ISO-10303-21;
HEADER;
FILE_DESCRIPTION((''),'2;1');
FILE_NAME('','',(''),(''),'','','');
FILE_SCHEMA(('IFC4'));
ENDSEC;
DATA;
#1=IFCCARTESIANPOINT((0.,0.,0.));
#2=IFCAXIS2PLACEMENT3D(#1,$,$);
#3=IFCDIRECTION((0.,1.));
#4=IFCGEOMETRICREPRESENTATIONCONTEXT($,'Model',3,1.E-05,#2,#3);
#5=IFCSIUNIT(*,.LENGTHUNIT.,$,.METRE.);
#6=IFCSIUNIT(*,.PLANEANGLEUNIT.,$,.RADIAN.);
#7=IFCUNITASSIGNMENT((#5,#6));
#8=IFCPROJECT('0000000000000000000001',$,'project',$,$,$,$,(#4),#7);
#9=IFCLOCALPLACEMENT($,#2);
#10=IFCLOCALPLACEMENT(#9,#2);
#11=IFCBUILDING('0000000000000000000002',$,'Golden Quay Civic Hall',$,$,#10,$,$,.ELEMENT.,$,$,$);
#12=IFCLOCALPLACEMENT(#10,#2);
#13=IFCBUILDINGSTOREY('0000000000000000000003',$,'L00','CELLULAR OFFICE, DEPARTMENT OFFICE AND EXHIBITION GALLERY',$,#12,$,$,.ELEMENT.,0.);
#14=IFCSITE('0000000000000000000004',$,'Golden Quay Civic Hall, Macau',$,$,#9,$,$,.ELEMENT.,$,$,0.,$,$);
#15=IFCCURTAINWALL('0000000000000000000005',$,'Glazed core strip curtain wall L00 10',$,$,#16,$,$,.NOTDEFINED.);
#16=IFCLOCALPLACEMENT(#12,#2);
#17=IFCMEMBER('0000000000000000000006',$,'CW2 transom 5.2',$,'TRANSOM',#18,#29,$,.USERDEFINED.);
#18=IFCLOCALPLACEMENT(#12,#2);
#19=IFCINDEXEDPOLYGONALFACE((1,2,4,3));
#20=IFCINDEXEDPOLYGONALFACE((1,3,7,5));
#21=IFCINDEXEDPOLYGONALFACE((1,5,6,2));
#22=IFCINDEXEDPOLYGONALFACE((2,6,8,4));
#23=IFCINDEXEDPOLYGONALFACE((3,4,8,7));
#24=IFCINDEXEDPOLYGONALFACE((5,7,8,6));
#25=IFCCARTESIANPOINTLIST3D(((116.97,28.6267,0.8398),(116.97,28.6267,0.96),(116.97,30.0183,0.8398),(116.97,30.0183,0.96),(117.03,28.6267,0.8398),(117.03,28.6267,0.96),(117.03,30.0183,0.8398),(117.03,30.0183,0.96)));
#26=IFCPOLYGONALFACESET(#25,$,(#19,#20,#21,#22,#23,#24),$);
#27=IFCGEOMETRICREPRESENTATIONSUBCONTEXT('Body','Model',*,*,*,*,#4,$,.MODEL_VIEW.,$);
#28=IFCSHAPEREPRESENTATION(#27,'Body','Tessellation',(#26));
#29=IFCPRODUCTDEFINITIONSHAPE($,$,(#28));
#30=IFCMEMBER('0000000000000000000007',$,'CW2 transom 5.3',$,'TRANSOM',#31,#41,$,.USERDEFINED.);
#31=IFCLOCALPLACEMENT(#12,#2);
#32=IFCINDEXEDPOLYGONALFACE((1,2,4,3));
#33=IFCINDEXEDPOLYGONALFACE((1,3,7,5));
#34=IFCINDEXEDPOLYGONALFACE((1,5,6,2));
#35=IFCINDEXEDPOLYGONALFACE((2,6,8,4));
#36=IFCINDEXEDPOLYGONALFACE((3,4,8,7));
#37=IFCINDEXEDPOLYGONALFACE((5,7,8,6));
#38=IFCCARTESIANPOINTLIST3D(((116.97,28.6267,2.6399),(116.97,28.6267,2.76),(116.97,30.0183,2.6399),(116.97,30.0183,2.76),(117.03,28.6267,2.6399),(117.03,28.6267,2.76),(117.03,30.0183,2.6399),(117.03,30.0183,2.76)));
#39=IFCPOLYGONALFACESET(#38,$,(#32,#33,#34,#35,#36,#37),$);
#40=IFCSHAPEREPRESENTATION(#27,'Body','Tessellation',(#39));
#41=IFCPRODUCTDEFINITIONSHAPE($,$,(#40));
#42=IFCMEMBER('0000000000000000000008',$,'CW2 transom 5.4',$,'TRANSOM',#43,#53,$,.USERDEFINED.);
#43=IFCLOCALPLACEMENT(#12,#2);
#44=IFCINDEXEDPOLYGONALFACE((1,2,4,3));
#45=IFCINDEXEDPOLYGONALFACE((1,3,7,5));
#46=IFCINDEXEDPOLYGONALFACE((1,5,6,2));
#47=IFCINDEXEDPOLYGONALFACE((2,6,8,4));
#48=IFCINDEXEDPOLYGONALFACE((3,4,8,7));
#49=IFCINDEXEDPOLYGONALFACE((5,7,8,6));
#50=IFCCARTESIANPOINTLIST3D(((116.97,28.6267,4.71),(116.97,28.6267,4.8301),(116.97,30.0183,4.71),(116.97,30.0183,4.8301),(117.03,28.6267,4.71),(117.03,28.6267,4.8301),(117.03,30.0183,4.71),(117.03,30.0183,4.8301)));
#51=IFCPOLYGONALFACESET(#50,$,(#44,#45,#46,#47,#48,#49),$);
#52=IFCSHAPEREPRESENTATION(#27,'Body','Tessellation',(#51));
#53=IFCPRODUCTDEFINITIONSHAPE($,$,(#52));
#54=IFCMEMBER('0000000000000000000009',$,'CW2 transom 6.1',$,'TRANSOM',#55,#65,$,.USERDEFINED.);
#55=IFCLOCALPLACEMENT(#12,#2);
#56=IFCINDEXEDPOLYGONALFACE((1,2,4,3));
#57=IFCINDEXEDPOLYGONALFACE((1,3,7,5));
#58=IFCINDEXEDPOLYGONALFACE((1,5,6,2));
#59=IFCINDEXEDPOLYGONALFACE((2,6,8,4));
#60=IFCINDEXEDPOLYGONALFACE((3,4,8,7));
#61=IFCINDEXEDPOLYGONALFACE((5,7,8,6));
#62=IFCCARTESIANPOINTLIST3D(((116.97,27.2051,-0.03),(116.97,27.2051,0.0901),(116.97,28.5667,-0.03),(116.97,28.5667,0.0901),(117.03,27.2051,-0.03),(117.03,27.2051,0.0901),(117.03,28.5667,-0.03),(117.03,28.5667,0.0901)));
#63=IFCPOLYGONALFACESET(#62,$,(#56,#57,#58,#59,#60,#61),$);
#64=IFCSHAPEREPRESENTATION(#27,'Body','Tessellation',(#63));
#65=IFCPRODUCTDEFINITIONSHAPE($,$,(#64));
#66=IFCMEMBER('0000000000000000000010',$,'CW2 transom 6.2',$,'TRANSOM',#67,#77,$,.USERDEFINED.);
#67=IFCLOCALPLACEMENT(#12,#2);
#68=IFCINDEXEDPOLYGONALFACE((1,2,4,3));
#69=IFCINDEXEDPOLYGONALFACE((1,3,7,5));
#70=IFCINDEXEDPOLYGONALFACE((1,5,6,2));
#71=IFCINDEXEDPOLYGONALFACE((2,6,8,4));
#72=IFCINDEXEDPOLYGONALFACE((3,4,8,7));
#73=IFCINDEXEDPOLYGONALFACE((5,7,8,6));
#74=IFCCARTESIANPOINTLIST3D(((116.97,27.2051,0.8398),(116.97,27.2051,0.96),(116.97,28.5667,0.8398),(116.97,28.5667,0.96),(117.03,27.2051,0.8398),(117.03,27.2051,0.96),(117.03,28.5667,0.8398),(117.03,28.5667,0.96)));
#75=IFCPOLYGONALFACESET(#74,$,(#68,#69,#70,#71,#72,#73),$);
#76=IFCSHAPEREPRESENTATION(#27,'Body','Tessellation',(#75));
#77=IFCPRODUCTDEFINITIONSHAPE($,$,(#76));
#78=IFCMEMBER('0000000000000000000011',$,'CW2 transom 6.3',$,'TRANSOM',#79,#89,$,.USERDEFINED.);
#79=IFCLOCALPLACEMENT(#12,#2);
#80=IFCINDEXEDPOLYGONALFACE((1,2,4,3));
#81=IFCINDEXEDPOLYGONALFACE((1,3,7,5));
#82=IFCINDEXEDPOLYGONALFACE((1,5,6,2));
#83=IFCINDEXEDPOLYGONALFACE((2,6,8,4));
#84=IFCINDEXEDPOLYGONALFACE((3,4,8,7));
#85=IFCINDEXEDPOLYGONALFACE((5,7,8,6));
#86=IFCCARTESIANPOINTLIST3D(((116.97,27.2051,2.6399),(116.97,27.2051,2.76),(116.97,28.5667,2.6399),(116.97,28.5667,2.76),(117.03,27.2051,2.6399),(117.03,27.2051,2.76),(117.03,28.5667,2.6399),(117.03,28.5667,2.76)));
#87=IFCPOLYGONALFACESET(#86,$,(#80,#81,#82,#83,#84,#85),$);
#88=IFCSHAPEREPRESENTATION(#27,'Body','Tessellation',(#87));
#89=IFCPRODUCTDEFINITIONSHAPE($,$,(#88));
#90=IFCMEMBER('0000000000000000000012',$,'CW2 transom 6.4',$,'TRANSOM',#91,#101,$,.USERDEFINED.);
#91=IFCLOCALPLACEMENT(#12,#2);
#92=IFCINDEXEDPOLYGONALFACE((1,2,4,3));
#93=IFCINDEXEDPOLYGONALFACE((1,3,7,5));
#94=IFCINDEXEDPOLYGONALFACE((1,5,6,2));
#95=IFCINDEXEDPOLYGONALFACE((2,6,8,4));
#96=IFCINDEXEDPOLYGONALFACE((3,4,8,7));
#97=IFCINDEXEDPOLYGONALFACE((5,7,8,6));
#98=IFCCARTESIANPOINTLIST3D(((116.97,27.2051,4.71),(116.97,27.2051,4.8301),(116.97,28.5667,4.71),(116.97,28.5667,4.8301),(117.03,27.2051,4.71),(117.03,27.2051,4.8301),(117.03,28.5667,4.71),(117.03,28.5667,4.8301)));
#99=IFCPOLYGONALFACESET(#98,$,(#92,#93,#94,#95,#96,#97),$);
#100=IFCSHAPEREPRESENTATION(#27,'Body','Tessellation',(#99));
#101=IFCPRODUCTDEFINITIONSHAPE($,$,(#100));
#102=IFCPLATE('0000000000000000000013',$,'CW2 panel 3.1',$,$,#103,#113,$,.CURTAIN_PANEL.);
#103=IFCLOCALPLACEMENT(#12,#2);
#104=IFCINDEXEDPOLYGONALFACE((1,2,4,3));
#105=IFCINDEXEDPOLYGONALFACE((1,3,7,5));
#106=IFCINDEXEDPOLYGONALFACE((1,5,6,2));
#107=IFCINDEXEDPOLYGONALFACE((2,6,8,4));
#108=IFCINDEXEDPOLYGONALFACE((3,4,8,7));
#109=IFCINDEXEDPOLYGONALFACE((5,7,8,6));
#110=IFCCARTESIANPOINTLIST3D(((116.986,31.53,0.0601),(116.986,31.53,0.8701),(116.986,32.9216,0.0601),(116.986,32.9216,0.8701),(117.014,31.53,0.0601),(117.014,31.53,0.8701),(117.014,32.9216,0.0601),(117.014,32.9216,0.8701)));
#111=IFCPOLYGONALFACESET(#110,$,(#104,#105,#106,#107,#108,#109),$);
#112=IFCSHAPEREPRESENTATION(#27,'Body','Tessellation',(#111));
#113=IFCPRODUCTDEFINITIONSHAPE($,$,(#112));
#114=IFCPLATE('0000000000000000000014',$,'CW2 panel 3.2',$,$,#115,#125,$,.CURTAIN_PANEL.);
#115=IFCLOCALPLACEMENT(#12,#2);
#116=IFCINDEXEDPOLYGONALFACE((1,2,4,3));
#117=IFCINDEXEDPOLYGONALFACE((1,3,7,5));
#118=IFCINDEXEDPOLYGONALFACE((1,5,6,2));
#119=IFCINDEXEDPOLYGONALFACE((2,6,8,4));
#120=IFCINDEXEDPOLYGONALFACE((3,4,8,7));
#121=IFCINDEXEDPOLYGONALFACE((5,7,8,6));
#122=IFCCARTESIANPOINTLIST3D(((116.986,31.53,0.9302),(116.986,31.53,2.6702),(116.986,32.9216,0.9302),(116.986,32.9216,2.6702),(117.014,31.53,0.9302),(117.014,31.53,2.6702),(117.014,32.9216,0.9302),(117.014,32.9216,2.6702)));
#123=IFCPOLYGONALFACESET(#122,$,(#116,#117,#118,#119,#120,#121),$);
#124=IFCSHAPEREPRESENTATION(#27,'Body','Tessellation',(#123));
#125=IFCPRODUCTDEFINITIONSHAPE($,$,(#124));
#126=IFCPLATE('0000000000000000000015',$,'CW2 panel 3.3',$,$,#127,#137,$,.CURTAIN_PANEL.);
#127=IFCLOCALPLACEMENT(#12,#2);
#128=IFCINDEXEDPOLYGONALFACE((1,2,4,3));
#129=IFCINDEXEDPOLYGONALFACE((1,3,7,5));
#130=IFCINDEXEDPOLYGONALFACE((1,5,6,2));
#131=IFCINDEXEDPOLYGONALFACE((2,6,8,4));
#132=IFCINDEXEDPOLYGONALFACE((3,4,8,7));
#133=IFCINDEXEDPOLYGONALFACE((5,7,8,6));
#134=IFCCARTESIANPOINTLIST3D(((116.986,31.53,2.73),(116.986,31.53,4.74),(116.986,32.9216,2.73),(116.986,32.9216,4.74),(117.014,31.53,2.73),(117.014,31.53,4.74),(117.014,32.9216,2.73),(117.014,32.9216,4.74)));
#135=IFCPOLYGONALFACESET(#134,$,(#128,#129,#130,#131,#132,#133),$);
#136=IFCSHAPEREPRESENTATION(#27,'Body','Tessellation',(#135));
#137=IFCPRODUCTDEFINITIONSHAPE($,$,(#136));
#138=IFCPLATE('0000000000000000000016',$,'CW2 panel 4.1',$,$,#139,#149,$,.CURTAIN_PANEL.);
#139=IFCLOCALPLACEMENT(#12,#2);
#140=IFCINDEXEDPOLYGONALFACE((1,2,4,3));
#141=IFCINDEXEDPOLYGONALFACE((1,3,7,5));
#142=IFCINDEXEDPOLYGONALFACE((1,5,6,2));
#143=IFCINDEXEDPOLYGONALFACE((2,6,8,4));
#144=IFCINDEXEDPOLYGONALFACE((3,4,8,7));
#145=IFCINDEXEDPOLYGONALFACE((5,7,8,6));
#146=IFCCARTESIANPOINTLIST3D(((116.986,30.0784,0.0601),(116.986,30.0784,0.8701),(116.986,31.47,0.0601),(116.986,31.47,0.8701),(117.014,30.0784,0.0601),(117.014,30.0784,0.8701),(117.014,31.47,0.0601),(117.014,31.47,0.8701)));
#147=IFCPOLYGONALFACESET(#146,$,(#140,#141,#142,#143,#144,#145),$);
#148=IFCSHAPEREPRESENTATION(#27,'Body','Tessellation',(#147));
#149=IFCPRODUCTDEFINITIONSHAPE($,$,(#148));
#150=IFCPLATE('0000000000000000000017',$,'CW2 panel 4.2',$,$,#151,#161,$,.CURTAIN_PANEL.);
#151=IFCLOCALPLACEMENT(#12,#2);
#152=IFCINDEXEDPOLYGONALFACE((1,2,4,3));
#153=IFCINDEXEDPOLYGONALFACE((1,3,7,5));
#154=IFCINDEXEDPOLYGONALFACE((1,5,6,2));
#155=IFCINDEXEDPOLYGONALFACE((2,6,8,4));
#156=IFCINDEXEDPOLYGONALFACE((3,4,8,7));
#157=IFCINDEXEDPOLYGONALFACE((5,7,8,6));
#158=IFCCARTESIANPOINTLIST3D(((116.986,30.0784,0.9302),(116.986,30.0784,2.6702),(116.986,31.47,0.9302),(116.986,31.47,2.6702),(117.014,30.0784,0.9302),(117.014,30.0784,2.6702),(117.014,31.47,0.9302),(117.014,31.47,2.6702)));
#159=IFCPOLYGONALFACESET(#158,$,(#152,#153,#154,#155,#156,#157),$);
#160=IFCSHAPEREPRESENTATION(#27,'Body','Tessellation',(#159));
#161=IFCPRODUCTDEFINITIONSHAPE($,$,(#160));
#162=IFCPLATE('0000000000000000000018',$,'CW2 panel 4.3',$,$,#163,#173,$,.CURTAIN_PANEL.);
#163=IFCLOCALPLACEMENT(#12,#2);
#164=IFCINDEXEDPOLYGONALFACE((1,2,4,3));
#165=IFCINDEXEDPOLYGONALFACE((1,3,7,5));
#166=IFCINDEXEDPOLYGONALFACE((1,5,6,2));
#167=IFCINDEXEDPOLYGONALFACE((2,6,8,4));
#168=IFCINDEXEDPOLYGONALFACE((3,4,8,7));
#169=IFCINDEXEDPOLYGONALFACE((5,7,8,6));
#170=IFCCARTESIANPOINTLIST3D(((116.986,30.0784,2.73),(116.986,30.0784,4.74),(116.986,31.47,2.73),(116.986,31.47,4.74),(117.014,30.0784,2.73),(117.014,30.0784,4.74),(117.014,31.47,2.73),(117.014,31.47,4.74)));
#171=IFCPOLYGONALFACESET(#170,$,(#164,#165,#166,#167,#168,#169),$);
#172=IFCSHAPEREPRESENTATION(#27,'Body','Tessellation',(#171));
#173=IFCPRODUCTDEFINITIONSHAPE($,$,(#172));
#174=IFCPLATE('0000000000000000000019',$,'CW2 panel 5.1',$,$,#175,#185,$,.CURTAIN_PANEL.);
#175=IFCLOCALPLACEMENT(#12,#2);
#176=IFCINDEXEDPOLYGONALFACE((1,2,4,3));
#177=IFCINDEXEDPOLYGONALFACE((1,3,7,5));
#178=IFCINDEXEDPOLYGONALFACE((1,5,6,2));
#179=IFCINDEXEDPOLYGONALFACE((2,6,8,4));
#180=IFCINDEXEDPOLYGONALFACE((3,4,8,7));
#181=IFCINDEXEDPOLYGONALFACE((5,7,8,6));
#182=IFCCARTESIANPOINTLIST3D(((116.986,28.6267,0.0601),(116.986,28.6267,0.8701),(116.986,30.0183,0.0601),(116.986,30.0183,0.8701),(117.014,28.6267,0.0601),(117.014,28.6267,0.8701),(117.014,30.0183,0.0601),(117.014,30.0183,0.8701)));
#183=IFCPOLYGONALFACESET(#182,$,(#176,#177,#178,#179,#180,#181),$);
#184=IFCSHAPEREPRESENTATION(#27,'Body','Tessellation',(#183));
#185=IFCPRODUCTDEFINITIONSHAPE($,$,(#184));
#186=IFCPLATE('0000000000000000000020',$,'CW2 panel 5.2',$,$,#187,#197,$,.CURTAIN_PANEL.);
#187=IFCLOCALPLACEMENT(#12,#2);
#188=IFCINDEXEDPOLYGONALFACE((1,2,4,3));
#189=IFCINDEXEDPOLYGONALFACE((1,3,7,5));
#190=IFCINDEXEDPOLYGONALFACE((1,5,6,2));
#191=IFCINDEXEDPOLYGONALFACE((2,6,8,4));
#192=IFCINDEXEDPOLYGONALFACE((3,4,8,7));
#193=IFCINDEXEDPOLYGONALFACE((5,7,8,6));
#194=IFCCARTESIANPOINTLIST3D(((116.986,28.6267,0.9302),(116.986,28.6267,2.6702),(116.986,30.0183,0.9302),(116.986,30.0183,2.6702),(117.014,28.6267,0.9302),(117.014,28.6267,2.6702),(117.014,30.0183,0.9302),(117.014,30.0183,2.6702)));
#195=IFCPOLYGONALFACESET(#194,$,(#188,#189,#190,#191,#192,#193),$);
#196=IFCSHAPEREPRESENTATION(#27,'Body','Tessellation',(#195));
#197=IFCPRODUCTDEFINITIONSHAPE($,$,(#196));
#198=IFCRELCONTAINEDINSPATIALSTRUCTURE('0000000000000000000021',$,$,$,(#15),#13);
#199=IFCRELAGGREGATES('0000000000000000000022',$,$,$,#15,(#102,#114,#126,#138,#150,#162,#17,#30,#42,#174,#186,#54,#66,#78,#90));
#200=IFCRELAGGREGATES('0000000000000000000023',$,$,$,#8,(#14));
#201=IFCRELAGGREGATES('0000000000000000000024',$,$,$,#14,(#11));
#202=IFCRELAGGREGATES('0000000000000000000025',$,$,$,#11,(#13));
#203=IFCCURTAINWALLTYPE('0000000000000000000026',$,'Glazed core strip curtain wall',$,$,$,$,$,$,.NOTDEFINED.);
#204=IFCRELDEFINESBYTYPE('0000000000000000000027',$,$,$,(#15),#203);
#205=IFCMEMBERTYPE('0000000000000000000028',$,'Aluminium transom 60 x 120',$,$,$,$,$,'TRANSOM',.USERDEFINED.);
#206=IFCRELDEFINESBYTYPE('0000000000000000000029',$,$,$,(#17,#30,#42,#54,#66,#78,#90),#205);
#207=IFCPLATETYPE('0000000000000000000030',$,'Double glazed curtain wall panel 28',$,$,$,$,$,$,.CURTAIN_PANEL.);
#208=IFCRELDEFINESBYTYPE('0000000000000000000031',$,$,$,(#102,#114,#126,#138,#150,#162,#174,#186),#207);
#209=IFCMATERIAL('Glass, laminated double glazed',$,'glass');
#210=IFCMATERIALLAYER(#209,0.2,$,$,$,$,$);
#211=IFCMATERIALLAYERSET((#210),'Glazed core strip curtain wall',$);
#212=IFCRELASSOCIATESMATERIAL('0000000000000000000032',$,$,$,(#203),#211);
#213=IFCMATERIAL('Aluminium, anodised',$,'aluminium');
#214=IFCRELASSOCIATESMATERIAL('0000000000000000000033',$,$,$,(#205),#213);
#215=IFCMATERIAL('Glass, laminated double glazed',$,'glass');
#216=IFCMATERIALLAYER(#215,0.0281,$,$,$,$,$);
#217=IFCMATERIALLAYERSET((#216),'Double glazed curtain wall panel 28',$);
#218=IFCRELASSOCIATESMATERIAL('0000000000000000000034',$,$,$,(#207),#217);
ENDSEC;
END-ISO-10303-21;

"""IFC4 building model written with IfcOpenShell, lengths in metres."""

from ifc_helpers import new_model, si_unit, direction, frame, origin, origin_2d, place, context, subcontext, project, spatial, rectangle, extrude, material, layer, layer_set, material_profile, profile_set, type_object, element, aggregate, save


model = new_model("IFC4")

# Units and contexts
model_context = context("Model", 3, precision=1e-05, world=origin(), true_north=direction((0.0, 1.0)))
body_context = subcontext(model_context, "Body", "Model", "MODEL_VIEW")
ifc_project = project(units=[si_unit("LENGTHUNIT", "METRE"), si_unit("PLANEANGLEUNIT", "RADIAN")], contexts=[model_context])

# Site, building, storey
site_placement = place(None, origin())
site = spatial("IfcSite", under=ifc_project, at=site_placement, Name="Golden Quay Civic Hall, Macau", CompositionType="ELEMENT", RefElevation=0.0)
building_placement = place(site_placement, origin())
building = spatial("IfcBuilding", under=site, at=building_placement, Name="Golden Quay Civic Hall", CompositionType="ELEMENT")
storey_placement = place(building_placement, origin())
storey = spatial("IfcBuildingStorey", under=building, at=storey_placement, Name="L00", Description="CELLULAR OFFICE, DEPARTMENT OFFICE AND EXHIBITION GALLERY", CompositionType="ELEMENT", Elevation=0.0)

# Shared definitions
ifc_material_1 = material(Name="Glass, laminated double glazed", Category="glass")
ifc_layer_1 = layer(ifc_material_1, 0.2)
ifc_layer_set_1 = layer_set([ifc_layer_1], Name="Glazed core strip curtain wall")
curtain_wall_type = type_object("IfcCurtainWallType", Name="Glazed core strip curtain wall", PredefinedType="NOTDEFINED", material=ifc_layer_set_1)

# Curtain wall, members, plates
curtain_wall_1_placement = place(storey_placement, origin())
curtain_wall_1 = element("IfcCurtainWall", 1, at=curtain_wall_1_placement, inside=storey, type_object=curtain_wall_type, Name="Glazed core strip curtain wall L00 10", PredefinedType="NOTDEFINED")
ifc_material_2 = material(Name="Aluminium, anodised", Category="aluminium")
ifc_material_profile_1 = material_profile(ifc_material_2, rectangle(XDim=0.0601, YDim=0.1201, at=origin_2d()), Name="Aluminium 60 x 120")
ifc_profile_set_1 = profile_set([ifc_material_profile_1], Name="Aluminium, anodised")
member_type_1 = type_object("IfcMemberType", Name="Aluminium transom 60 x 120", ElementType="TRANSOM", PredefinedType="USERDEFINED", material=ifc_profile_set_1)
member_1_placement = place(storey_placement, frame((117.0, 30.0183, 0.8999), z_axis=(0.0, -1.0, 0.0), x_axis=(1.0, 0.0, 0.0)))
member_1 = element("IfcMember", 2, at=member_1_placement, type_object=member_type_1, Name="CW2 transom 5.2", ObjectType="TRANSOM", PredefinedType="USERDEFINED", context=body_context, shape_type="SweptSolid", body=[
    extrude(rectangle(XDim=0.0601, YDim=0.1201, at=origin_2d()), origin(), (0.0, 0.0, 1.0), 1.3916),
])
member_2_placement = place(storey_placement, frame((117.0, 30.0183, 2.7), z_axis=(0.0, -1.0, 0.0), x_axis=(1.0, 0.0, 0.0)))
member_2 = element("IfcMember", 3, at=member_2_placement, type_object=member_type_1, Name="CW2 transom 5.3", ObjectType="TRANSOM", PredefinedType="USERDEFINED", context=body_context, shape_type="SweptSolid", body=[
    extrude(rectangle(XDim=0.0601, YDim=0.1201, at=origin_2d()), origin(), (0.0, 0.0, 1.0), 1.3916),
])
member_3_placement = place(storey_placement, frame((117.0, 30.0183, 4.77), z_axis=(0.0, -1.0, 0.0), x_axis=(1.0, 0.0, 0.0)))
member_3 = element("IfcMember", 4, at=member_3_placement, type_object=member_type_1, Name="CW2 transom 5.4", ObjectType="TRANSOM", PredefinedType="USERDEFINED", context=body_context, shape_type="SweptSolid", body=[
    extrude(rectangle(XDim=0.0601, YDim=0.1201, at=origin_2d()), origin(), (0.0, 0.0, 1.0), 1.3916),
])
member_4_placement = place(storey_placement, frame((117.0, 28.5667, 0.03), z_axis=(0.0, -1.0, 0.0), x_axis=(1.0, 0.0, 0.0)))
member_4 = element("IfcMember", 5, at=member_4_placement, type_object=member_type_1, Name="CW2 transom 6.1", ObjectType="TRANSOM", PredefinedType="USERDEFINED", context=body_context, shape_type="SweptSolid", body=[
    extrude(rectangle(XDim=0.0601, YDim=0.1201, at=origin_2d()), origin(), (0.0, 0.0, 1.0), 1.3616),
])
member_5_placement = place(storey_placement, frame((117.0, 28.5667, 0.8999), z_axis=(0.0, -1.0, 0.0), x_axis=(1.0, 0.0, 0.0)))
member_5 = element("IfcMember", 6, at=member_5_placement, type_object=member_type_1, Name="CW2 transom 6.2", ObjectType="TRANSOM", PredefinedType="USERDEFINED", context=body_context, shape_type="SweptSolid", body=[
    extrude(rectangle(XDim=0.0601, YDim=0.1201, at=origin_2d()), origin(), (0.0, 0.0, 1.0), 1.3616),
])
member_6_placement = place(storey_placement, frame((117.0, 28.5667, 2.7), z_axis=(0.0, -1.0, 0.0), x_axis=(1.0, 0.0, 0.0)))
member_6 = element("IfcMember", 7, at=member_6_placement, type_object=member_type_1, Name="CW2 transom 6.3", ObjectType="TRANSOM", PredefinedType="USERDEFINED", context=body_context, shape_type="SweptSolid", body=[
    extrude(rectangle(XDim=0.0601, YDim=0.1201, at=origin_2d()), origin(), (0.0, 0.0, 1.0), 1.3616),
])
member_7_placement = place(storey_placement, frame((117.0, 28.5667, 4.77), z_axis=(0.0, -1.0, 0.0), x_axis=(1.0, 0.0, 0.0)))
member_7 = element("IfcMember", 8, at=member_7_placement, type_object=member_type_1, Name="CW2 transom 6.4", ObjectType="TRANSOM", PredefinedType="USERDEFINED", context=body_context, shape_type="SweptSolid", body=[
    extrude(rectangle(XDim=0.0601, YDim=0.1201, at=origin_2d()), origin(), (0.0, 0.0, 1.0), 1.3616),
])
ifc_material_3 = material(Name="Glass, laminated double glazed", Category="glass")
ifc_layer_2 = layer(ifc_material_3, 0.0281)
ifc_layer_set_2 = layer_set([ifc_layer_2], Name="Double glazed curtain wall panel 28")
plate_type = type_object("IfcPlateType", Name="Double glazed curtain wall panel 28", PredefinedType="CURTAIN_PANEL", material=ifc_layer_set_2)
plate_1_placement = place(storey_placement, frame((117.0, 32.2258, 0.0601), z_axis=(0.0, 0.0, 1.0), x_axis=(0.0, -1.0, 0.0)))
plate_1 = element("IfcPlate", 9, at=plate_1_placement, type_object=plate_type, Name="CW2 panel 3.1", PredefinedType="CURTAIN_PANEL", context=body_context, shape_type="SweptSolid", body=[
    extrude(rectangle(XDim=1.3916, YDim=0.0281, at=origin_2d()), origin(), (0.0, 0.0, 1.0), 0.8101),
])
plate_2_placement = place(storey_placement, frame((117.0, 32.2258, 0.9302), z_axis=(0.0, 0.0, 1.0), x_axis=(0.0, -1.0, 0.0)))
plate_2 = element("IfcPlate", 10, at=plate_2_placement, type_object=plate_type, Name="CW2 panel 3.2", PredefinedType="CURTAIN_PANEL", context=body_context, shape_type="SweptSolid", body=[
    extrude(rectangle(XDim=1.3916, YDim=0.0281, at=origin_2d()), origin(), (0.0, 0.0, 1.0), 1.74),
])
plate_3_placement = place(storey_placement, frame((117.0, 32.2258, 2.73), z_axis=(0.0, 0.0, 1.0), x_axis=(0.0, -1.0, 0.0)))
plate_3 = element("IfcPlate", 11, at=plate_3_placement, type_object=plate_type, Name="CW2 panel 3.3", PredefinedType="CURTAIN_PANEL", context=body_context, shape_type="SweptSolid", body=[
    extrude(rectangle(XDim=1.3916, YDim=0.0281, at=origin_2d()), origin(), (0.0, 0.0, 1.0), 2.01),
])
plate_4_placement = place(storey_placement, frame((117.0, 30.7742, 0.0601), z_axis=(0.0, 0.0, 1.0), x_axis=(0.0, -1.0, 0.0)))
plate_4 = element("IfcPlate", 12, at=plate_4_placement, type_object=plate_type, Name="CW2 panel 4.1", PredefinedType="CURTAIN_PANEL", context=body_context, shape_type="SweptSolid", body=[
    extrude(rectangle(XDim=1.3916, YDim=0.0281, at=origin_2d()), origin(), (0.0, 0.0, 1.0), 0.8101),
])
plate_5_placement = place(storey_placement, frame((117.0, 30.7742, 0.9302), z_axis=(0.0, 0.0, 1.0), x_axis=(0.0, -1.0, 0.0)))
plate_5 = element("IfcPlate", 13, at=plate_5_placement, type_object=plate_type, Name="CW2 panel 4.2", PredefinedType="CURTAIN_PANEL", context=body_context, shape_type="SweptSolid", body=[
    extrude(rectangle(XDim=1.3916, YDim=0.0281, at=origin_2d()), origin(), (0.0, 0.0, 1.0), 1.74),
])
plate_6_placement = place(storey_placement, frame((117.0, 30.7742, 2.73), z_axis=(0.0, 0.0, 1.0), x_axis=(0.0, -1.0, 0.0)))
plate_6 = element("IfcPlate", 14, at=plate_6_placement, type_object=plate_type, Name="CW2 panel 4.3", PredefinedType="CURTAIN_PANEL", context=body_context, shape_type="SweptSolid", body=[
    extrude(rectangle(XDim=1.3916, YDim=0.0281, at=origin_2d()), origin(), (0.0, 0.0, 1.0), 2.01),
])
plate_7_placement = place(storey_placement, frame((117.0, 29.3225, 0.0601), z_axis=(0.0, 0.0, 1.0), x_axis=(0.0, -1.0, 0.0)))
plate_7 = element("IfcPlate", 15, at=plate_7_placement, type_object=plate_type, Name="CW2 panel 5.1", PredefinedType="CURTAIN_PANEL", context=body_context, shape_type="SweptSolid", body=[
    extrude(rectangle(XDim=1.3916, YDim=0.0281, at=origin_2d()), origin(), (0.0, 0.0, 1.0), 0.8101),
])
plate_8_placement = place(storey_placement, frame((117.0, 29.3225, 0.9302), z_axis=(0.0, 0.0, 1.0), x_axis=(0.0, -1.0, 0.0)))
plate_8 = element("IfcPlate", 16, at=plate_8_placement, type_object=plate_type, Name="CW2 panel 5.2", PredefinedType="CURTAIN_PANEL", context=body_context, shape_type="SweptSolid", body=[
    extrude(rectangle(XDim=1.3916, YDim=0.0281, at=origin_2d()), origin(), (0.0, 0.0, 1.0), 1.74),
])
aggregate(curtain_wall_1, [plate_1, plate_2, plate_3, plate_4, plate_5, plate_6, member_1, member_2, member_3, plate_7, plate_8, member_4, member_5, member_6, member_7])

save(model, "model.ifc")
